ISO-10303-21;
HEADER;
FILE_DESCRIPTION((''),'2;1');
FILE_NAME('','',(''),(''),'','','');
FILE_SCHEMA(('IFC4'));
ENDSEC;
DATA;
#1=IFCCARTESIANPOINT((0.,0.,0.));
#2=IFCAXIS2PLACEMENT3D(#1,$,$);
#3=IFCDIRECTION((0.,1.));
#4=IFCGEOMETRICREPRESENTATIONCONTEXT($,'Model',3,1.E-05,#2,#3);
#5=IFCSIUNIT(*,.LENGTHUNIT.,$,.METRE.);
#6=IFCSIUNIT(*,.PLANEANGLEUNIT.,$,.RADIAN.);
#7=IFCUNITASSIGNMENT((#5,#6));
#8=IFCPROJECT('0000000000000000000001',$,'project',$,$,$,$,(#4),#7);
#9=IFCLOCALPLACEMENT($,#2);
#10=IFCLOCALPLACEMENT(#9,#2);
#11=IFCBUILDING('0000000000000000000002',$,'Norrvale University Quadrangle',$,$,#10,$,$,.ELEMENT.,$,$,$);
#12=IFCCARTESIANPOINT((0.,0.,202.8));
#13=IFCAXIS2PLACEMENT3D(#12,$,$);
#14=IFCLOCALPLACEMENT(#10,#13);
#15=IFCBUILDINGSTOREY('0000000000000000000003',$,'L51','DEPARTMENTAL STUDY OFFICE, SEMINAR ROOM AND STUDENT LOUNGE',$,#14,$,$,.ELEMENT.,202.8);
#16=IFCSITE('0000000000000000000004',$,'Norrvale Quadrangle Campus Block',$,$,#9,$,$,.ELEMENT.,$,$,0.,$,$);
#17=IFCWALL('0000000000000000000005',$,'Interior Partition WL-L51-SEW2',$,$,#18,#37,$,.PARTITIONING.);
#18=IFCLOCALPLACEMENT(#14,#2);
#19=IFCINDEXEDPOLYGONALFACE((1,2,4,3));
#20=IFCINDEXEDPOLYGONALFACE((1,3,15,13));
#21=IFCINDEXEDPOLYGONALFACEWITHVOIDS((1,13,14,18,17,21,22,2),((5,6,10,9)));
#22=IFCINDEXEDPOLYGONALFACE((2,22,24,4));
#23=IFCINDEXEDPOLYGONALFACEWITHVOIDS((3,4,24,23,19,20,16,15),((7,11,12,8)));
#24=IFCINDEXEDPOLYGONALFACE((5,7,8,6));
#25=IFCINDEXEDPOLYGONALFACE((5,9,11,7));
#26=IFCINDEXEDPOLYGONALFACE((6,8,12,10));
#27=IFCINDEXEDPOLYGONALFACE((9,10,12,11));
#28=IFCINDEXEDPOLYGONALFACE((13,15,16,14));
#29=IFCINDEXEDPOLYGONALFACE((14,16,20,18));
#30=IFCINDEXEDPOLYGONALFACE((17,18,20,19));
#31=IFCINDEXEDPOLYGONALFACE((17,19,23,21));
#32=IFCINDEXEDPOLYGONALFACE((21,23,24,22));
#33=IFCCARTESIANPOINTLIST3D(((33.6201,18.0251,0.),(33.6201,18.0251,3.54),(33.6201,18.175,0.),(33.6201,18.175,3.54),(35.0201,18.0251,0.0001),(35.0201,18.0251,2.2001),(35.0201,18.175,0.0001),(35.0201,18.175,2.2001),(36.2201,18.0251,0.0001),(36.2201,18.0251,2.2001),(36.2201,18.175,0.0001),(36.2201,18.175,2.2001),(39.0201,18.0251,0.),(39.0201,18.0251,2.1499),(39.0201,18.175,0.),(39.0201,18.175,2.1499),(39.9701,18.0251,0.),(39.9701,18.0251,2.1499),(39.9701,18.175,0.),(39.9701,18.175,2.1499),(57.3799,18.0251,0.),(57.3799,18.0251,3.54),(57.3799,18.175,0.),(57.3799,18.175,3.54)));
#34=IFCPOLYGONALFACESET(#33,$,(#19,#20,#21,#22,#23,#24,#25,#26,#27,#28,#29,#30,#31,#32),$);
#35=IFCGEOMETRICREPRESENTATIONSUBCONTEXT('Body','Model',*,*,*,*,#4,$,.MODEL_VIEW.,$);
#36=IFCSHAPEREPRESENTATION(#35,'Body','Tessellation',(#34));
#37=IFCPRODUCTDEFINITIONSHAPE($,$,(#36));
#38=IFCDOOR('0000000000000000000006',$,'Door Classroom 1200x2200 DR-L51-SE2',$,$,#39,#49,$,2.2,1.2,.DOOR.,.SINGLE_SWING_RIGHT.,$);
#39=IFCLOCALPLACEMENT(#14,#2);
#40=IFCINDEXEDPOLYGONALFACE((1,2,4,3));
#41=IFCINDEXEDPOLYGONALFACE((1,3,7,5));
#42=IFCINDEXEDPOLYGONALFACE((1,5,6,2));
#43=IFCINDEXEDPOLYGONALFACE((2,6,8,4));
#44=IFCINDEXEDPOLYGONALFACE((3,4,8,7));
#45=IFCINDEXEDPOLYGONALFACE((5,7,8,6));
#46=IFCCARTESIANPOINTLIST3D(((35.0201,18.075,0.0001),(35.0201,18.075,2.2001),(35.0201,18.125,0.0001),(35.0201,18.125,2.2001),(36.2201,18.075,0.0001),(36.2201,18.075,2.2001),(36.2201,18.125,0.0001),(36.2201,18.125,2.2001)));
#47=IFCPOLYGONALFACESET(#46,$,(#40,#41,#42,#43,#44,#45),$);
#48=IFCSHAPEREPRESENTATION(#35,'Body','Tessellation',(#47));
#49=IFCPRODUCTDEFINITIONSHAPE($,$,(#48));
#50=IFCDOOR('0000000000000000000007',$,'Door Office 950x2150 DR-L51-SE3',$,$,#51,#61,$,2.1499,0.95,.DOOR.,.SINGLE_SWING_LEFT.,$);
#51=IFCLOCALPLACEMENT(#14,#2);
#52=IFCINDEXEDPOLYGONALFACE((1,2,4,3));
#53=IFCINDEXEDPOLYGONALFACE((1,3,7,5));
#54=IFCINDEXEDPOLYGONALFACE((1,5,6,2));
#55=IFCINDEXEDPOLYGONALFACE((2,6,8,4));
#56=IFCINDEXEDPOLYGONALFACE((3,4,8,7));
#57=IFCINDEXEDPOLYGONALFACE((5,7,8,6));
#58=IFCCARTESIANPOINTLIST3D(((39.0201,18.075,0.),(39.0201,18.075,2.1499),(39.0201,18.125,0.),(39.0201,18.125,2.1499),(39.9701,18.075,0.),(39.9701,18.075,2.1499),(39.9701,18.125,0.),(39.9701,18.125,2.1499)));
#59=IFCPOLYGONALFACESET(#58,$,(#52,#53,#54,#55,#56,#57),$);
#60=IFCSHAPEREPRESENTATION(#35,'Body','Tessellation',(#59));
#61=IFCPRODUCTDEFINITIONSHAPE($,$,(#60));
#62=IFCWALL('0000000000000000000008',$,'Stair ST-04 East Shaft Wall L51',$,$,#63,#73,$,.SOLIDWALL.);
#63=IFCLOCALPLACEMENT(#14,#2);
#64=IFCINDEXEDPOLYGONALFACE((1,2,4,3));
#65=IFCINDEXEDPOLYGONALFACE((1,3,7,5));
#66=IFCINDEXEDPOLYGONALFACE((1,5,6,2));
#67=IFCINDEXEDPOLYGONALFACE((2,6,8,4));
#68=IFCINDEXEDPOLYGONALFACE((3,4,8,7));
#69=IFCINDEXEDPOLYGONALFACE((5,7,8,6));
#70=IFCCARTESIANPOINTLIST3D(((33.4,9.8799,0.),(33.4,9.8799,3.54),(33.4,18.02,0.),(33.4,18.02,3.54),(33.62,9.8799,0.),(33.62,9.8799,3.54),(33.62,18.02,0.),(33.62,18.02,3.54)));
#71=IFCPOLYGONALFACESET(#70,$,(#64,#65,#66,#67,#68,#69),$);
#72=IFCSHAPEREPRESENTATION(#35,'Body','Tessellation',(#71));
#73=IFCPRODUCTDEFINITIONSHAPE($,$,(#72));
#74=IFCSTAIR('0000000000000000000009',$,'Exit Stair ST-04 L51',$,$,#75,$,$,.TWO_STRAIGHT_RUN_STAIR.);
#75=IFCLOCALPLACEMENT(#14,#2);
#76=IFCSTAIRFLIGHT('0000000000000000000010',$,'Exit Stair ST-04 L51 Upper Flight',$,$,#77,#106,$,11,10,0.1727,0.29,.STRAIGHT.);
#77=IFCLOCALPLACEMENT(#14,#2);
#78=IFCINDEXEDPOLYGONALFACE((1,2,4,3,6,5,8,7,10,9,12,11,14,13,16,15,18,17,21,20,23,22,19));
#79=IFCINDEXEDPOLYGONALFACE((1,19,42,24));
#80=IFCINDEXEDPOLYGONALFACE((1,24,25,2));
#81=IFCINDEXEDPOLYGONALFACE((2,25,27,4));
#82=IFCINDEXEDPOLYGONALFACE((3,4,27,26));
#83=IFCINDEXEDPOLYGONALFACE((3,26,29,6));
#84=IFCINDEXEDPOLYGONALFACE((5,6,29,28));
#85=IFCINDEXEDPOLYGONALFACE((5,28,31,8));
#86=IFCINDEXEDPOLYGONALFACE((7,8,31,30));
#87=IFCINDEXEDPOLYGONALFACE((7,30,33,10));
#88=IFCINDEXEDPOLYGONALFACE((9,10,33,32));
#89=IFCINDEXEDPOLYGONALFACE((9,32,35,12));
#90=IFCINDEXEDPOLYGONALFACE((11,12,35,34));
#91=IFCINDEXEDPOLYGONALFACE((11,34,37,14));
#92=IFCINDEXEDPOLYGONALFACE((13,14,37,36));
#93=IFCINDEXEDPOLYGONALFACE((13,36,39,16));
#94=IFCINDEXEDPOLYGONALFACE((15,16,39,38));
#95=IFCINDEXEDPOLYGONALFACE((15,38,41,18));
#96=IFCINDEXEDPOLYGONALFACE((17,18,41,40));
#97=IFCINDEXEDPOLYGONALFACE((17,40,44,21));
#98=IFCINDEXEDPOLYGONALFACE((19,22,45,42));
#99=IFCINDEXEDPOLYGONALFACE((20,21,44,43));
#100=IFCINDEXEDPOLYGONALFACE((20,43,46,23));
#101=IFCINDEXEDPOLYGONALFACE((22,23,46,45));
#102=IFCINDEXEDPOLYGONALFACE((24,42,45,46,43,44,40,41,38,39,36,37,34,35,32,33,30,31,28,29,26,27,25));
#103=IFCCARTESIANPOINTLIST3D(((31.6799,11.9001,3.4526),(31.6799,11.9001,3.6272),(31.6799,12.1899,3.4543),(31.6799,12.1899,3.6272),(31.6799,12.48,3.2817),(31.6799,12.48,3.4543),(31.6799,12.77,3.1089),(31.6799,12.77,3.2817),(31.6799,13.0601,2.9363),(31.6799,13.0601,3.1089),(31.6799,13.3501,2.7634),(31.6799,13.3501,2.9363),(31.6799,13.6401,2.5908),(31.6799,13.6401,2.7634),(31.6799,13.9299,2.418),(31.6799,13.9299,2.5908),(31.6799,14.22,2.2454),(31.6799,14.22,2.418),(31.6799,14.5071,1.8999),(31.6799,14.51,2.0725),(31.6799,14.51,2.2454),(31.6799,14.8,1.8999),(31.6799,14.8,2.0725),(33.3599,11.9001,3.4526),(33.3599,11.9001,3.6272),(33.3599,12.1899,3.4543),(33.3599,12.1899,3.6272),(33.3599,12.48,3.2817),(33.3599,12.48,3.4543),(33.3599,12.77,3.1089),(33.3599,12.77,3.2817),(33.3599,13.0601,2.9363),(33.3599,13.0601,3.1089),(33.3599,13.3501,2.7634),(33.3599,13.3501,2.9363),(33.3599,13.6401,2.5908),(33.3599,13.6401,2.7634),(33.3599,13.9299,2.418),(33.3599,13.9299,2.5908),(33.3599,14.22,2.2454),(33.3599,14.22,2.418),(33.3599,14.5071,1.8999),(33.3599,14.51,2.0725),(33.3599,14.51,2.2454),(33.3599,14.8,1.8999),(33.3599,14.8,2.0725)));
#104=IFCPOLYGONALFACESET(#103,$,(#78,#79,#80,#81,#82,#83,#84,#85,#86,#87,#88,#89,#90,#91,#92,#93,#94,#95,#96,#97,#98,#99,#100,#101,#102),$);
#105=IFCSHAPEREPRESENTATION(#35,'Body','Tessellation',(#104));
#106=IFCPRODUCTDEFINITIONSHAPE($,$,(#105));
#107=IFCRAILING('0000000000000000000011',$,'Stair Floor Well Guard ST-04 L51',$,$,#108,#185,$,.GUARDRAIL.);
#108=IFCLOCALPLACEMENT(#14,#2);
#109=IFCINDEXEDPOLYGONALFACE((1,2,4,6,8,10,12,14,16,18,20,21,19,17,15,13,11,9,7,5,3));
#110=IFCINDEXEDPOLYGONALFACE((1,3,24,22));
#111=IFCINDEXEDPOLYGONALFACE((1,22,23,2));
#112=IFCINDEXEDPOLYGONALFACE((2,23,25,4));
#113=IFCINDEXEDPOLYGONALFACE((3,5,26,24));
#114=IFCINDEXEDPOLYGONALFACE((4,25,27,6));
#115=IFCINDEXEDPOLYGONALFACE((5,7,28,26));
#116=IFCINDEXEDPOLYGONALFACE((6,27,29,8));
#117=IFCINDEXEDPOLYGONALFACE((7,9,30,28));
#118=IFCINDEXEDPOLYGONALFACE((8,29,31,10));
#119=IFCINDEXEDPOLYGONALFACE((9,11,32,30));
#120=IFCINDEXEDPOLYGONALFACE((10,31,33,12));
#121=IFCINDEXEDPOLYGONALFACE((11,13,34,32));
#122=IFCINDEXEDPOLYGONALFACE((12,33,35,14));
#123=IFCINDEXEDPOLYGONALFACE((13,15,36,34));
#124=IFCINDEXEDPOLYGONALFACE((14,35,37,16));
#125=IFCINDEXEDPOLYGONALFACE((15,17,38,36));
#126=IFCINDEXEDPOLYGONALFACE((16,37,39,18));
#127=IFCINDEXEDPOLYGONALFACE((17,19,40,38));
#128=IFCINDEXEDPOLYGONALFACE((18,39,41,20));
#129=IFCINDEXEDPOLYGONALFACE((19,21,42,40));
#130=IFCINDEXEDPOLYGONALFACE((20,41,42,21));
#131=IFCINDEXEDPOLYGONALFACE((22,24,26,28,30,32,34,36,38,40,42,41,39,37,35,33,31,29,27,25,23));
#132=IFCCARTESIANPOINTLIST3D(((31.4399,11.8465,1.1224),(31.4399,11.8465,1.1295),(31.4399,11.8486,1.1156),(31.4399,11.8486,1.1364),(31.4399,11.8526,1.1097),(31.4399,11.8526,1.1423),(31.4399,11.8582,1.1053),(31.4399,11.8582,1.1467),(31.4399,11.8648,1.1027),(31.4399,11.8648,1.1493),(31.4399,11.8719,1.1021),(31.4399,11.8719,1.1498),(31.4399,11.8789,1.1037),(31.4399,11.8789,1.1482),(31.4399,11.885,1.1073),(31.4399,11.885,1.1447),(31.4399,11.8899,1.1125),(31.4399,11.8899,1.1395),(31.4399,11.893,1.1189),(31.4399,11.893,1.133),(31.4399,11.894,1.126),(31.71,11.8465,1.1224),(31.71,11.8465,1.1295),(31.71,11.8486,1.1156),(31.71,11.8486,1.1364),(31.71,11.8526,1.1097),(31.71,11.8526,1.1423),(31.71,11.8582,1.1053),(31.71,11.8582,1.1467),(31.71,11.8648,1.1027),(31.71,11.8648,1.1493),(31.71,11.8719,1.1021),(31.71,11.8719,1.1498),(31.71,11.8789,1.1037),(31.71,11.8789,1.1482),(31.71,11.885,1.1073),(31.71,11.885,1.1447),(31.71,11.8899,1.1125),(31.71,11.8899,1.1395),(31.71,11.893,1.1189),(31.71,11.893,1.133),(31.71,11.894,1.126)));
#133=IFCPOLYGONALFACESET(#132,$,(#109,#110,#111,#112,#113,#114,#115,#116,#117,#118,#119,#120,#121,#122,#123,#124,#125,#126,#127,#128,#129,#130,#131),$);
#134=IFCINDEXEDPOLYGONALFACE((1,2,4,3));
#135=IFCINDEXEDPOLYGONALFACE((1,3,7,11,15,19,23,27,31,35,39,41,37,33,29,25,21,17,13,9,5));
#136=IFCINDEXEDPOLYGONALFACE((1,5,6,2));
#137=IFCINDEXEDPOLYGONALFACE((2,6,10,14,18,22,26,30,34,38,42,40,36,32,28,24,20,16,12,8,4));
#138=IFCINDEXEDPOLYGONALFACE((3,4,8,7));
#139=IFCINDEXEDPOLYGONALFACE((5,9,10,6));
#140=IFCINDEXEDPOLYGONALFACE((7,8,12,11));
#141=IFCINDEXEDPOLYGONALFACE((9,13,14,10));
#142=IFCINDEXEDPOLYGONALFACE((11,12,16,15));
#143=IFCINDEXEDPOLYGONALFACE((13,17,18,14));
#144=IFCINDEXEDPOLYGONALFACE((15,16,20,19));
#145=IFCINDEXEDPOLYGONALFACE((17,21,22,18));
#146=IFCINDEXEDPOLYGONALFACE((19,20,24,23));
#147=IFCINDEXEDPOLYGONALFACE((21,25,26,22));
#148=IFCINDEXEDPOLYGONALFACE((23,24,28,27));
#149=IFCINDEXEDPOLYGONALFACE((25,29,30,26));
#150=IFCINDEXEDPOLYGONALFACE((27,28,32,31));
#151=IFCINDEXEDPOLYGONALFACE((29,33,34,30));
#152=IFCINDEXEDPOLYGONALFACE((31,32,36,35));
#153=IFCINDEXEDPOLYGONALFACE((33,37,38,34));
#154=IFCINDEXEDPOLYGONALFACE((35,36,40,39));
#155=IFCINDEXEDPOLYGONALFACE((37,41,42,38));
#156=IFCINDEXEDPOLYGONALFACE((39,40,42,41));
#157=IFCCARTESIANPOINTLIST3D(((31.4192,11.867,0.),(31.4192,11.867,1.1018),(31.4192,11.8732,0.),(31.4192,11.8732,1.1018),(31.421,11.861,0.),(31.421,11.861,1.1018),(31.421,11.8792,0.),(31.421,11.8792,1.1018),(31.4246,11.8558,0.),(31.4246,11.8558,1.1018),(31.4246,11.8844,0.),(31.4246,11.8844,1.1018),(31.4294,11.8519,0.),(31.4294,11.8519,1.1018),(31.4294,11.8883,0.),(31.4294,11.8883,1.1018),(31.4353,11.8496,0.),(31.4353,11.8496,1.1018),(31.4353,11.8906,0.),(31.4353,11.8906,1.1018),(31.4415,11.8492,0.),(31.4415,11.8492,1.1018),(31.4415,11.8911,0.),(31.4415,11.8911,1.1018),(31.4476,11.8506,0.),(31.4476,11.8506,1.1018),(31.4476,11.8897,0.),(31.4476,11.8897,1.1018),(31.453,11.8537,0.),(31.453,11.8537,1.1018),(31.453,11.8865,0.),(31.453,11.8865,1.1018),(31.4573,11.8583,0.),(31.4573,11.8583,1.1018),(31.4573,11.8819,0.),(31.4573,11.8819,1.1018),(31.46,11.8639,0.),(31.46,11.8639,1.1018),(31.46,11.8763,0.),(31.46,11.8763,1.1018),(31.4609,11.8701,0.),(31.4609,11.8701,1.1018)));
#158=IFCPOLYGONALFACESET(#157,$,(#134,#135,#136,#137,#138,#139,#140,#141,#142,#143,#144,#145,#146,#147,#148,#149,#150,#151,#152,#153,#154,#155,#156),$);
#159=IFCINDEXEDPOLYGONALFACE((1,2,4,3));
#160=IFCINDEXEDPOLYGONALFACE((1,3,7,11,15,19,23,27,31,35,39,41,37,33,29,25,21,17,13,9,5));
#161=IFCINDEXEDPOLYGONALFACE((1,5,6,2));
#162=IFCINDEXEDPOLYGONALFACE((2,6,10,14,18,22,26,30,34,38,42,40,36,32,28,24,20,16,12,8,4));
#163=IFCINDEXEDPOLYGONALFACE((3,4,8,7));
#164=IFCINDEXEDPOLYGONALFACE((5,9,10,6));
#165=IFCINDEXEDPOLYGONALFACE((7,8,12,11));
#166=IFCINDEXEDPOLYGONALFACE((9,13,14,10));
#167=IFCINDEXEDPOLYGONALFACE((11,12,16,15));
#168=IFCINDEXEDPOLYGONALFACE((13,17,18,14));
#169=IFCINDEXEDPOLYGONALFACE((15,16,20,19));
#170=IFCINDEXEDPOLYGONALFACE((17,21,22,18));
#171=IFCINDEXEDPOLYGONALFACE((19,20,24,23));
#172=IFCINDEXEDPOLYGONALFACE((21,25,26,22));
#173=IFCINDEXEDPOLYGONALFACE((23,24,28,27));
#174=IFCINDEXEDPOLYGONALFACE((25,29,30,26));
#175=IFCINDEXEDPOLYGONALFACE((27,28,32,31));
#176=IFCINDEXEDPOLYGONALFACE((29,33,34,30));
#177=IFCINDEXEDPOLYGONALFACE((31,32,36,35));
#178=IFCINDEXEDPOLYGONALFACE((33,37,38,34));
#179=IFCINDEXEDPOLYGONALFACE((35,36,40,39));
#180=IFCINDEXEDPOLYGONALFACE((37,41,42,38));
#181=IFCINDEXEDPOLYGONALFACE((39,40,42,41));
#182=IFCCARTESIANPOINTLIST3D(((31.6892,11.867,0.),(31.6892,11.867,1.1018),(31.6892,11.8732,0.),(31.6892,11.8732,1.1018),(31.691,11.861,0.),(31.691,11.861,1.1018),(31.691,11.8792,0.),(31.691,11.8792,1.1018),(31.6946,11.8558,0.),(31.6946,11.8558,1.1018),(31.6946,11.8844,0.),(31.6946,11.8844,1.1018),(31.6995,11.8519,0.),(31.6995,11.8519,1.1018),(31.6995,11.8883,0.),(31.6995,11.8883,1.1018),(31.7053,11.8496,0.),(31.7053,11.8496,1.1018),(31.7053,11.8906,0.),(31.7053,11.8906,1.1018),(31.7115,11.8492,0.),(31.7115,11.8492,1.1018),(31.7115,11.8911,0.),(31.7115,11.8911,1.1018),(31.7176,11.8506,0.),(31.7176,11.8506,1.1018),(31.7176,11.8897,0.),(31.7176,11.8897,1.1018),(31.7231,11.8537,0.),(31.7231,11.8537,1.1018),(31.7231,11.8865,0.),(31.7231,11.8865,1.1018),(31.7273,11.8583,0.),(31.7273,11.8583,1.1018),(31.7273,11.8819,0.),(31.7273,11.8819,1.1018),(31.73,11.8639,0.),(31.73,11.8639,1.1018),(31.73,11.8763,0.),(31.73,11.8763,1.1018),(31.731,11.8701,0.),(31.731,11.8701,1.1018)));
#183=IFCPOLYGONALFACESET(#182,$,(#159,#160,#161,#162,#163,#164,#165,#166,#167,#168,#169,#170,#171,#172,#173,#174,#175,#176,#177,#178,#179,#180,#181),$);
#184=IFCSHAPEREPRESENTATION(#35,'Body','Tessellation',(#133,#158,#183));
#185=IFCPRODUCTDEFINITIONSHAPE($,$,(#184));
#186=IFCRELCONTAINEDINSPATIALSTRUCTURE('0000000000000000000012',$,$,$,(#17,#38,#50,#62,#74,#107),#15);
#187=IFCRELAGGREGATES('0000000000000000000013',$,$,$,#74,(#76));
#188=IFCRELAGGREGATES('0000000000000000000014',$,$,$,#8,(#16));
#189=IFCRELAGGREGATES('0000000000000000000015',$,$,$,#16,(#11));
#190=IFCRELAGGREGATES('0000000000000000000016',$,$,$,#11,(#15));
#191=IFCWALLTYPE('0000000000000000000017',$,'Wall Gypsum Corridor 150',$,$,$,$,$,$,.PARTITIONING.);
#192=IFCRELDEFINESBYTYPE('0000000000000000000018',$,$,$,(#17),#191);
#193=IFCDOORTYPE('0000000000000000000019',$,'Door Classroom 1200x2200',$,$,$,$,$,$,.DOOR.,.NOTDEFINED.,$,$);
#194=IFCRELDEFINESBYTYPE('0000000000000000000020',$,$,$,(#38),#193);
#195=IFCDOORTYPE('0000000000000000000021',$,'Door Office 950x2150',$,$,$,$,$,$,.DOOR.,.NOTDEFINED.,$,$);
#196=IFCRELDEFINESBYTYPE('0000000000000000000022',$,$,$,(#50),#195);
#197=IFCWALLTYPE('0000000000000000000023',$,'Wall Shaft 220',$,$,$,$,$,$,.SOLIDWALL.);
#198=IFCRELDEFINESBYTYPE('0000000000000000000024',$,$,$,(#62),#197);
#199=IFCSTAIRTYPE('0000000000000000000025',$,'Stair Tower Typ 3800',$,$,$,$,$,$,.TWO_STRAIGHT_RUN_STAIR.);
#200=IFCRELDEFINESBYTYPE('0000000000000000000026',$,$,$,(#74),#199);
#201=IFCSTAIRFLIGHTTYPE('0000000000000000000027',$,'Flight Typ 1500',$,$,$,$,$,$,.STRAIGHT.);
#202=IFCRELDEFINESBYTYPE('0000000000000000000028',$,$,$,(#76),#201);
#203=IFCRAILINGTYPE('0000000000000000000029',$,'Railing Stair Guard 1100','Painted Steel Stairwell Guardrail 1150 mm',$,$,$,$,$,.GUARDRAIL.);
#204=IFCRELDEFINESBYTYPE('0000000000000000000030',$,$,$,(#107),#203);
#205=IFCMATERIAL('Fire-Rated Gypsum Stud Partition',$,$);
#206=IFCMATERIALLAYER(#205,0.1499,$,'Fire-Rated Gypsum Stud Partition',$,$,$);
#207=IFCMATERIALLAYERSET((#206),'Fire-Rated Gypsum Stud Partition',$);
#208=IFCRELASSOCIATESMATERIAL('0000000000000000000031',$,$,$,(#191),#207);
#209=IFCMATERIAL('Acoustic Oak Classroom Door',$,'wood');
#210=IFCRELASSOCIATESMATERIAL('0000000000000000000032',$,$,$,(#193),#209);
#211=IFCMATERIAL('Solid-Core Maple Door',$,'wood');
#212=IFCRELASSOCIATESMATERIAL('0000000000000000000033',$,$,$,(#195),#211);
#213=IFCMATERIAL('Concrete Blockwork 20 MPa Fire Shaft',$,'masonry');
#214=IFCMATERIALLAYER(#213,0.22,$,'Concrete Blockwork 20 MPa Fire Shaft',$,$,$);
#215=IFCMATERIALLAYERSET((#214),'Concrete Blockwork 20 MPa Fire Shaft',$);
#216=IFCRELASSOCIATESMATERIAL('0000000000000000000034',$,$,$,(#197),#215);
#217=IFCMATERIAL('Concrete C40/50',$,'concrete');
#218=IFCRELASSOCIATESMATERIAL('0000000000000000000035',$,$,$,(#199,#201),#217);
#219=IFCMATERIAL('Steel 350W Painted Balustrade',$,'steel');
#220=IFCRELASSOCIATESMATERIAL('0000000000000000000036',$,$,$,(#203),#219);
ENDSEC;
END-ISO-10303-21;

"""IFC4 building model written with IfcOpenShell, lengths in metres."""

from ifc_helpers import new_model, si_unit, direction, frame, frame_2d, origin, origin_2d, place, context, subcontext, project, spatial, polyline, rectangle, circle, outline, extrude, material, layer, layer_set, type_object, element, fill, aggregate, save


model = new_model("IFC4")

# Units and contexts
model_context = context("Model", 3, precision=1e-05, world=origin(), true_north=direction((0.0, 1.0)))
body_context = subcontext(model_context, "Body", "Model", "MODEL_VIEW")
ifc_project = project(units=[si_unit("LENGTHUNIT", "METRE"), si_unit("PLANEANGLEUNIT", "RADIAN")], contexts=[model_context])

# Site, building, storey
site_placement = place(None, origin())
site = spatial("IfcSite", under=ifc_project, at=site_placement, Name="Norrvale Quadrangle Campus Block", CompositionType="ELEMENT", RefElevation=0.0)
building_placement = place(site_placement, origin())
building = spatial("IfcBuilding", under=site, at=building_placement, Name="Norrvale University Quadrangle", CompositionType="ELEMENT")
storey_placement = place(building_placement, frame((0.0, 0.0, 202.8)))
storey = spatial("IfcBuildingStorey", under=building, at=storey_placement, Name="L51", Description="DEPARTMENTAL STUDY OFFICE, SEMINAR ROOM AND STUDENT LOUNGE", CompositionType="ELEMENT", Elevation=202.8)

# Wall, openings, doors
ifc_material_1 = material(Name="Fire-Rated Gypsum Stud Partition")
ifc_layer_1 = layer(ifc_material_1, 0.1499, Name="Fire-Rated Gypsum Stud Partition")
ifc_layer_set_1 = layer_set([ifc_layer_1], Name="Fire-Rated Gypsum Stud Partition")
wall_type_1 = type_object("IfcWallType", Name="Wall Gypsum Corridor 150", PredefinedType="PARTITIONING", material=ifc_layer_set_1)
wall_1_placement = place(storey_placement, frame((33.6201, 18.1001, 0.0), z_axis=(0.0, 0.0, 1.0), x_axis=(1.0, 0.0, 0.0)))
wall_1 = element("IfcWall", 1, at=wall_1_placement, inside=storey, type_object=wall_type_1, Name="Interior Partition WL-L51-SEW2", PredefinedType="PARTITIONING", context=body_context, shape_type="SweptSolid", body=[
    extrude(rectangle(XDim=23.7598, YDim=0.1499, at=frame_2d((11.8799, 0.0))), origin(), (0.0, 0.0, 1.0), 3.54),
])
opening_1_placement = place(wall_1_placement, frame((1.3999, 0.0, 0.0)))
opening_1 = element("IfcOpeningElement", 2, at=opening_1_placement, cuts=wall_1, PredefinedType="OPENING", context=body_context, shape_type="SweptSolid", body=[
    extrude(rectangle(XDim=1.2, YDim=2.2, at=frame_2d((0.6001, 1.1001))), frame((0.0, 0.0869, 0.0), z_axis=(0.0, -1.0, 0.0), x_axis=(1.0, 0.0, 0.0)), (0.0, 0.0, 1.0), 0.1738),
])
opening_2_placement = place(wall_1_placement, frame((5.3999, 0.0, 0.0)))
opening_2 = element("IfcOpeningElement", 3, at=opening_2_placement, cuts=wall_1, PredefinedType="OPENING", context=body_context, shape_type="SweptSolid", body=[
    extrude(rectangle(XDim=0.95, YDim=2.1499, at=frame_2d((0.4751, 1.075))), frame((0.0, 0.0869, 0.0), z_axis=(0.0, -1.0, 0.0), x_axis=(1.0, 0.0, 0.0)), (0.0, 0.0, 1.0), 0.1738),
])
ifc_material_2 = material(Name="Acoustic Oak Classroom Door", Category="wood")
door_type_1 = type_object("IfcDoorType", Name="Door Classroom 1200x2200", OperationType="NOTDEFINED", PredefinedType="DOOR", material=ifc_material_2)
door_1_placement = place(opening_1_placement, origin())
door_1 = element("IfcDoor", 4, at=door_1_placement, inside=storey, type_object=door_type_1, Name="Door Classroom 1200x2200 DR-L51-SE2", OperationType="SINGLE_SWING_RIGHT", OverallHeight=2.2, OverallWidth=1.2, PredefinedType="DOOR", context=body_context, shape_type="SweptSolid", body=[
    extrude(rectangle(XDim=1.2, YDim=2.2, at=frame_2d((0.6001, 1.1001))), frame((0.0, 0.0249, 0.0), z_axis=(0.0, -1.0, 0.0), x_axis=(1.0, 0.0, 0.0)), (0.0, 0.0, 1.0), 0.05),
])
fill(opening_1, door_1)
ifc_material_3 = material(Name="Solid-Core Maple Door", Category="wood")
door_type_2 = type_object("IfcDoorType", Name="Door Office 950x2150", OperationType="NOTDEFINED", PredefinedType="DOOR", material=ifc_material_3)
door_2_placement = place(opening_2_placement, origin())
door_2 = element("IfcDoor", 5, at=door_2_placement, inside=storey, type_object=door_type_2, Name="Door Office 950x2150 DR-L51-SE3", OperationType="SINGLE_SWING_LEFT", OverallHeight=2.1499, OverallWidth=0.95, PredefinedType="DOOR", context=body_context, shape_type="SweptSolid", body=[
    extrude(rectangle(XDim=0.95, YDim=2.1499, at=frame_2d((0.4751, 1.075))), frame((0.0, 0.0249, 0.0), z_axis=(0.0, -1.0, 0.0), x_axis=(1.0, 0.0, 0.0)), (0.0, 0.0, 1.0), 0.05),
])
fill(opening_2, door_2)

# Wall
ifc_material_4 = material(Name="Concrete Blockwork 20 MPa Fire Shaft", Category="masonry")
ifc_layer_2 = layer(ifc_material_4, 0.22, Name="Concrete Blockwork 20 MPa Fire Shaft")
ifc_layer_set_2 = layer_set([ifc_layer_2], Name="Concrete Blockwork 20 MPa Fire Shaft")
wall_type_2 = type_object("IfcWallType", Name="Wall Shaft 220", PredefinedType="SOLIDWALL", material=ifc_layer_set_2)
wall_2_placement = place(storey_placement, frame((33.51, 9.8799, 0.0), z_axis=(0.0, 0.0, 1.0), x_axis=(0.0, 1.0, 0.0)))
element("IfcWall", 6, at=wall_2_placement, inside=storey, type_object=wall_type_2, Name="Stair ST-04 East Shaft Wall L51", PredefinedType="SOLIDWALL", context=body_context, shape_type="SweptSolid", body=[
    extrude(rectangle(XDim=8.1401, YDim=0.22, at=frame_2d((4.0701, 0.0))), origin(), (0.0, 0.0, 1.0), 3.54),
])

# Stair, stair flight
ifc_material_5 = material(Name="Concrete C40/50", Category="concrete")
stair_type = type_object("IfcStairType", Name="Stair Tower Typ 3800", PredefinedType="TWO_STRAIGHT_RUN_STAIR", material=ifc_material_5)
stair_placement = place(storey_placement, origin())
stair = element("IfcStair", 7, at=stair_placement, inside=storey, type_object=stair_type, Name="Exit Stair ST-04 L51", PredefinedType="TWO_STRAIGHT_RUN_STAIR")
stair_flight_type = type_object("IfcStairFlightType", Name="Flight Typ 1500", PredefinedType="STRAIGHT", material=ifc_material_5)
stair_flight_placement = place(storey_placement, frame((32.52, 14.8, 1.8999), z_axis=(0.0, 0.0, 1.0), x_axis=(0.0, -1.0, 0.0)))
stair_flight = element("IfcStairFlight", 8, at=stair_flight_placement, type_object=stair_flight_type, Name="Exit Stair ST-04 L51 Upper Flight", NumberOfRisers=11, NumberOfTreads=10, PredefinedType="STRAIGHT", RiserHeight=0.1727, TreadLength=0.29, context=body_context, shape_type="SweptSolid", body=[
    extrude(outline(polyline([(0.0, 0.0), (0.0, 0.1726), (0.29, 0.1726), (0.29, 0.3455), (0.5801, 0.3455), (0.5801, 0.5181), (0.8701, 0.5181), (0.8701, 0.6909), (1.1599, 0.6909), (1.1599, 0.8635), (1.45, 0.8635), (1.45, 1.0364), (1.74, 1.0364), (1.74, 1.209), (2.03, 1.209), (2.03, 1.3818), (2.3201, 1.3818), (2.3201, 1.5544), (2.6101, 1.5544), (2.6101, 1.7273), (2.8999, 1.7273), (2.8999, 1.8999), (2.8999, 1.5527), (0.293, 0.0), (0.0, 0.0)])), frame((0.0, 0.8398, 0.0), z_axis=(0.0, -1.0, 0.0), x_axis=(1.0, 0.0, 0.0)), (0.0, 0.0, 1.0), 1.6799),
])
aggregate(stair, [stair_flight])

# Railing
ifc_material_6 = material(Name="Steel 350W Painted Balustrade", Category="steel")
railing_type_1 = type_object("IfcRailingType", Name="Railing Stair Guard 1100", Description="Painted Steel Stairwell Guardrail 1150 mm", PredefinedType="GUARDRAIL", material=ifc_material_6)
for number, where, name in (
    (9, (31.4399, 11.8701, 0.0), "Stair Floor Well Guard ST-04 L51"),
):
    element("IfcRailing", number, at=place(storey_placement, frame(where)), inside=storey, type_object=railing_type_1, Name=name, PredefinedType="GUARDRAIL", context=body_context, shape_type="SweptSolid", body=[
        extrude(circle(Radius=0.0239, at=origin_2d()), frame((0.0, 0.0, 1.126), z_axis=(1.0, 0.0, 0.0), x_axis=(0.0, 1.0, 0.0)), (0.0, 0.0, 1.0), 0.27),
        extrude(circle(Radius=0.021, at=origin_2d()), origin(), (0.0, 0.0, 1.0), 1.1018),
        extrude(circle(Radius=0.021, at=origin_2d()), frame((0.27, 0.0, 0.0)), (0.0, 0.0, 1.0), 1.1018),
    ])

save(model, "model.ifc")
